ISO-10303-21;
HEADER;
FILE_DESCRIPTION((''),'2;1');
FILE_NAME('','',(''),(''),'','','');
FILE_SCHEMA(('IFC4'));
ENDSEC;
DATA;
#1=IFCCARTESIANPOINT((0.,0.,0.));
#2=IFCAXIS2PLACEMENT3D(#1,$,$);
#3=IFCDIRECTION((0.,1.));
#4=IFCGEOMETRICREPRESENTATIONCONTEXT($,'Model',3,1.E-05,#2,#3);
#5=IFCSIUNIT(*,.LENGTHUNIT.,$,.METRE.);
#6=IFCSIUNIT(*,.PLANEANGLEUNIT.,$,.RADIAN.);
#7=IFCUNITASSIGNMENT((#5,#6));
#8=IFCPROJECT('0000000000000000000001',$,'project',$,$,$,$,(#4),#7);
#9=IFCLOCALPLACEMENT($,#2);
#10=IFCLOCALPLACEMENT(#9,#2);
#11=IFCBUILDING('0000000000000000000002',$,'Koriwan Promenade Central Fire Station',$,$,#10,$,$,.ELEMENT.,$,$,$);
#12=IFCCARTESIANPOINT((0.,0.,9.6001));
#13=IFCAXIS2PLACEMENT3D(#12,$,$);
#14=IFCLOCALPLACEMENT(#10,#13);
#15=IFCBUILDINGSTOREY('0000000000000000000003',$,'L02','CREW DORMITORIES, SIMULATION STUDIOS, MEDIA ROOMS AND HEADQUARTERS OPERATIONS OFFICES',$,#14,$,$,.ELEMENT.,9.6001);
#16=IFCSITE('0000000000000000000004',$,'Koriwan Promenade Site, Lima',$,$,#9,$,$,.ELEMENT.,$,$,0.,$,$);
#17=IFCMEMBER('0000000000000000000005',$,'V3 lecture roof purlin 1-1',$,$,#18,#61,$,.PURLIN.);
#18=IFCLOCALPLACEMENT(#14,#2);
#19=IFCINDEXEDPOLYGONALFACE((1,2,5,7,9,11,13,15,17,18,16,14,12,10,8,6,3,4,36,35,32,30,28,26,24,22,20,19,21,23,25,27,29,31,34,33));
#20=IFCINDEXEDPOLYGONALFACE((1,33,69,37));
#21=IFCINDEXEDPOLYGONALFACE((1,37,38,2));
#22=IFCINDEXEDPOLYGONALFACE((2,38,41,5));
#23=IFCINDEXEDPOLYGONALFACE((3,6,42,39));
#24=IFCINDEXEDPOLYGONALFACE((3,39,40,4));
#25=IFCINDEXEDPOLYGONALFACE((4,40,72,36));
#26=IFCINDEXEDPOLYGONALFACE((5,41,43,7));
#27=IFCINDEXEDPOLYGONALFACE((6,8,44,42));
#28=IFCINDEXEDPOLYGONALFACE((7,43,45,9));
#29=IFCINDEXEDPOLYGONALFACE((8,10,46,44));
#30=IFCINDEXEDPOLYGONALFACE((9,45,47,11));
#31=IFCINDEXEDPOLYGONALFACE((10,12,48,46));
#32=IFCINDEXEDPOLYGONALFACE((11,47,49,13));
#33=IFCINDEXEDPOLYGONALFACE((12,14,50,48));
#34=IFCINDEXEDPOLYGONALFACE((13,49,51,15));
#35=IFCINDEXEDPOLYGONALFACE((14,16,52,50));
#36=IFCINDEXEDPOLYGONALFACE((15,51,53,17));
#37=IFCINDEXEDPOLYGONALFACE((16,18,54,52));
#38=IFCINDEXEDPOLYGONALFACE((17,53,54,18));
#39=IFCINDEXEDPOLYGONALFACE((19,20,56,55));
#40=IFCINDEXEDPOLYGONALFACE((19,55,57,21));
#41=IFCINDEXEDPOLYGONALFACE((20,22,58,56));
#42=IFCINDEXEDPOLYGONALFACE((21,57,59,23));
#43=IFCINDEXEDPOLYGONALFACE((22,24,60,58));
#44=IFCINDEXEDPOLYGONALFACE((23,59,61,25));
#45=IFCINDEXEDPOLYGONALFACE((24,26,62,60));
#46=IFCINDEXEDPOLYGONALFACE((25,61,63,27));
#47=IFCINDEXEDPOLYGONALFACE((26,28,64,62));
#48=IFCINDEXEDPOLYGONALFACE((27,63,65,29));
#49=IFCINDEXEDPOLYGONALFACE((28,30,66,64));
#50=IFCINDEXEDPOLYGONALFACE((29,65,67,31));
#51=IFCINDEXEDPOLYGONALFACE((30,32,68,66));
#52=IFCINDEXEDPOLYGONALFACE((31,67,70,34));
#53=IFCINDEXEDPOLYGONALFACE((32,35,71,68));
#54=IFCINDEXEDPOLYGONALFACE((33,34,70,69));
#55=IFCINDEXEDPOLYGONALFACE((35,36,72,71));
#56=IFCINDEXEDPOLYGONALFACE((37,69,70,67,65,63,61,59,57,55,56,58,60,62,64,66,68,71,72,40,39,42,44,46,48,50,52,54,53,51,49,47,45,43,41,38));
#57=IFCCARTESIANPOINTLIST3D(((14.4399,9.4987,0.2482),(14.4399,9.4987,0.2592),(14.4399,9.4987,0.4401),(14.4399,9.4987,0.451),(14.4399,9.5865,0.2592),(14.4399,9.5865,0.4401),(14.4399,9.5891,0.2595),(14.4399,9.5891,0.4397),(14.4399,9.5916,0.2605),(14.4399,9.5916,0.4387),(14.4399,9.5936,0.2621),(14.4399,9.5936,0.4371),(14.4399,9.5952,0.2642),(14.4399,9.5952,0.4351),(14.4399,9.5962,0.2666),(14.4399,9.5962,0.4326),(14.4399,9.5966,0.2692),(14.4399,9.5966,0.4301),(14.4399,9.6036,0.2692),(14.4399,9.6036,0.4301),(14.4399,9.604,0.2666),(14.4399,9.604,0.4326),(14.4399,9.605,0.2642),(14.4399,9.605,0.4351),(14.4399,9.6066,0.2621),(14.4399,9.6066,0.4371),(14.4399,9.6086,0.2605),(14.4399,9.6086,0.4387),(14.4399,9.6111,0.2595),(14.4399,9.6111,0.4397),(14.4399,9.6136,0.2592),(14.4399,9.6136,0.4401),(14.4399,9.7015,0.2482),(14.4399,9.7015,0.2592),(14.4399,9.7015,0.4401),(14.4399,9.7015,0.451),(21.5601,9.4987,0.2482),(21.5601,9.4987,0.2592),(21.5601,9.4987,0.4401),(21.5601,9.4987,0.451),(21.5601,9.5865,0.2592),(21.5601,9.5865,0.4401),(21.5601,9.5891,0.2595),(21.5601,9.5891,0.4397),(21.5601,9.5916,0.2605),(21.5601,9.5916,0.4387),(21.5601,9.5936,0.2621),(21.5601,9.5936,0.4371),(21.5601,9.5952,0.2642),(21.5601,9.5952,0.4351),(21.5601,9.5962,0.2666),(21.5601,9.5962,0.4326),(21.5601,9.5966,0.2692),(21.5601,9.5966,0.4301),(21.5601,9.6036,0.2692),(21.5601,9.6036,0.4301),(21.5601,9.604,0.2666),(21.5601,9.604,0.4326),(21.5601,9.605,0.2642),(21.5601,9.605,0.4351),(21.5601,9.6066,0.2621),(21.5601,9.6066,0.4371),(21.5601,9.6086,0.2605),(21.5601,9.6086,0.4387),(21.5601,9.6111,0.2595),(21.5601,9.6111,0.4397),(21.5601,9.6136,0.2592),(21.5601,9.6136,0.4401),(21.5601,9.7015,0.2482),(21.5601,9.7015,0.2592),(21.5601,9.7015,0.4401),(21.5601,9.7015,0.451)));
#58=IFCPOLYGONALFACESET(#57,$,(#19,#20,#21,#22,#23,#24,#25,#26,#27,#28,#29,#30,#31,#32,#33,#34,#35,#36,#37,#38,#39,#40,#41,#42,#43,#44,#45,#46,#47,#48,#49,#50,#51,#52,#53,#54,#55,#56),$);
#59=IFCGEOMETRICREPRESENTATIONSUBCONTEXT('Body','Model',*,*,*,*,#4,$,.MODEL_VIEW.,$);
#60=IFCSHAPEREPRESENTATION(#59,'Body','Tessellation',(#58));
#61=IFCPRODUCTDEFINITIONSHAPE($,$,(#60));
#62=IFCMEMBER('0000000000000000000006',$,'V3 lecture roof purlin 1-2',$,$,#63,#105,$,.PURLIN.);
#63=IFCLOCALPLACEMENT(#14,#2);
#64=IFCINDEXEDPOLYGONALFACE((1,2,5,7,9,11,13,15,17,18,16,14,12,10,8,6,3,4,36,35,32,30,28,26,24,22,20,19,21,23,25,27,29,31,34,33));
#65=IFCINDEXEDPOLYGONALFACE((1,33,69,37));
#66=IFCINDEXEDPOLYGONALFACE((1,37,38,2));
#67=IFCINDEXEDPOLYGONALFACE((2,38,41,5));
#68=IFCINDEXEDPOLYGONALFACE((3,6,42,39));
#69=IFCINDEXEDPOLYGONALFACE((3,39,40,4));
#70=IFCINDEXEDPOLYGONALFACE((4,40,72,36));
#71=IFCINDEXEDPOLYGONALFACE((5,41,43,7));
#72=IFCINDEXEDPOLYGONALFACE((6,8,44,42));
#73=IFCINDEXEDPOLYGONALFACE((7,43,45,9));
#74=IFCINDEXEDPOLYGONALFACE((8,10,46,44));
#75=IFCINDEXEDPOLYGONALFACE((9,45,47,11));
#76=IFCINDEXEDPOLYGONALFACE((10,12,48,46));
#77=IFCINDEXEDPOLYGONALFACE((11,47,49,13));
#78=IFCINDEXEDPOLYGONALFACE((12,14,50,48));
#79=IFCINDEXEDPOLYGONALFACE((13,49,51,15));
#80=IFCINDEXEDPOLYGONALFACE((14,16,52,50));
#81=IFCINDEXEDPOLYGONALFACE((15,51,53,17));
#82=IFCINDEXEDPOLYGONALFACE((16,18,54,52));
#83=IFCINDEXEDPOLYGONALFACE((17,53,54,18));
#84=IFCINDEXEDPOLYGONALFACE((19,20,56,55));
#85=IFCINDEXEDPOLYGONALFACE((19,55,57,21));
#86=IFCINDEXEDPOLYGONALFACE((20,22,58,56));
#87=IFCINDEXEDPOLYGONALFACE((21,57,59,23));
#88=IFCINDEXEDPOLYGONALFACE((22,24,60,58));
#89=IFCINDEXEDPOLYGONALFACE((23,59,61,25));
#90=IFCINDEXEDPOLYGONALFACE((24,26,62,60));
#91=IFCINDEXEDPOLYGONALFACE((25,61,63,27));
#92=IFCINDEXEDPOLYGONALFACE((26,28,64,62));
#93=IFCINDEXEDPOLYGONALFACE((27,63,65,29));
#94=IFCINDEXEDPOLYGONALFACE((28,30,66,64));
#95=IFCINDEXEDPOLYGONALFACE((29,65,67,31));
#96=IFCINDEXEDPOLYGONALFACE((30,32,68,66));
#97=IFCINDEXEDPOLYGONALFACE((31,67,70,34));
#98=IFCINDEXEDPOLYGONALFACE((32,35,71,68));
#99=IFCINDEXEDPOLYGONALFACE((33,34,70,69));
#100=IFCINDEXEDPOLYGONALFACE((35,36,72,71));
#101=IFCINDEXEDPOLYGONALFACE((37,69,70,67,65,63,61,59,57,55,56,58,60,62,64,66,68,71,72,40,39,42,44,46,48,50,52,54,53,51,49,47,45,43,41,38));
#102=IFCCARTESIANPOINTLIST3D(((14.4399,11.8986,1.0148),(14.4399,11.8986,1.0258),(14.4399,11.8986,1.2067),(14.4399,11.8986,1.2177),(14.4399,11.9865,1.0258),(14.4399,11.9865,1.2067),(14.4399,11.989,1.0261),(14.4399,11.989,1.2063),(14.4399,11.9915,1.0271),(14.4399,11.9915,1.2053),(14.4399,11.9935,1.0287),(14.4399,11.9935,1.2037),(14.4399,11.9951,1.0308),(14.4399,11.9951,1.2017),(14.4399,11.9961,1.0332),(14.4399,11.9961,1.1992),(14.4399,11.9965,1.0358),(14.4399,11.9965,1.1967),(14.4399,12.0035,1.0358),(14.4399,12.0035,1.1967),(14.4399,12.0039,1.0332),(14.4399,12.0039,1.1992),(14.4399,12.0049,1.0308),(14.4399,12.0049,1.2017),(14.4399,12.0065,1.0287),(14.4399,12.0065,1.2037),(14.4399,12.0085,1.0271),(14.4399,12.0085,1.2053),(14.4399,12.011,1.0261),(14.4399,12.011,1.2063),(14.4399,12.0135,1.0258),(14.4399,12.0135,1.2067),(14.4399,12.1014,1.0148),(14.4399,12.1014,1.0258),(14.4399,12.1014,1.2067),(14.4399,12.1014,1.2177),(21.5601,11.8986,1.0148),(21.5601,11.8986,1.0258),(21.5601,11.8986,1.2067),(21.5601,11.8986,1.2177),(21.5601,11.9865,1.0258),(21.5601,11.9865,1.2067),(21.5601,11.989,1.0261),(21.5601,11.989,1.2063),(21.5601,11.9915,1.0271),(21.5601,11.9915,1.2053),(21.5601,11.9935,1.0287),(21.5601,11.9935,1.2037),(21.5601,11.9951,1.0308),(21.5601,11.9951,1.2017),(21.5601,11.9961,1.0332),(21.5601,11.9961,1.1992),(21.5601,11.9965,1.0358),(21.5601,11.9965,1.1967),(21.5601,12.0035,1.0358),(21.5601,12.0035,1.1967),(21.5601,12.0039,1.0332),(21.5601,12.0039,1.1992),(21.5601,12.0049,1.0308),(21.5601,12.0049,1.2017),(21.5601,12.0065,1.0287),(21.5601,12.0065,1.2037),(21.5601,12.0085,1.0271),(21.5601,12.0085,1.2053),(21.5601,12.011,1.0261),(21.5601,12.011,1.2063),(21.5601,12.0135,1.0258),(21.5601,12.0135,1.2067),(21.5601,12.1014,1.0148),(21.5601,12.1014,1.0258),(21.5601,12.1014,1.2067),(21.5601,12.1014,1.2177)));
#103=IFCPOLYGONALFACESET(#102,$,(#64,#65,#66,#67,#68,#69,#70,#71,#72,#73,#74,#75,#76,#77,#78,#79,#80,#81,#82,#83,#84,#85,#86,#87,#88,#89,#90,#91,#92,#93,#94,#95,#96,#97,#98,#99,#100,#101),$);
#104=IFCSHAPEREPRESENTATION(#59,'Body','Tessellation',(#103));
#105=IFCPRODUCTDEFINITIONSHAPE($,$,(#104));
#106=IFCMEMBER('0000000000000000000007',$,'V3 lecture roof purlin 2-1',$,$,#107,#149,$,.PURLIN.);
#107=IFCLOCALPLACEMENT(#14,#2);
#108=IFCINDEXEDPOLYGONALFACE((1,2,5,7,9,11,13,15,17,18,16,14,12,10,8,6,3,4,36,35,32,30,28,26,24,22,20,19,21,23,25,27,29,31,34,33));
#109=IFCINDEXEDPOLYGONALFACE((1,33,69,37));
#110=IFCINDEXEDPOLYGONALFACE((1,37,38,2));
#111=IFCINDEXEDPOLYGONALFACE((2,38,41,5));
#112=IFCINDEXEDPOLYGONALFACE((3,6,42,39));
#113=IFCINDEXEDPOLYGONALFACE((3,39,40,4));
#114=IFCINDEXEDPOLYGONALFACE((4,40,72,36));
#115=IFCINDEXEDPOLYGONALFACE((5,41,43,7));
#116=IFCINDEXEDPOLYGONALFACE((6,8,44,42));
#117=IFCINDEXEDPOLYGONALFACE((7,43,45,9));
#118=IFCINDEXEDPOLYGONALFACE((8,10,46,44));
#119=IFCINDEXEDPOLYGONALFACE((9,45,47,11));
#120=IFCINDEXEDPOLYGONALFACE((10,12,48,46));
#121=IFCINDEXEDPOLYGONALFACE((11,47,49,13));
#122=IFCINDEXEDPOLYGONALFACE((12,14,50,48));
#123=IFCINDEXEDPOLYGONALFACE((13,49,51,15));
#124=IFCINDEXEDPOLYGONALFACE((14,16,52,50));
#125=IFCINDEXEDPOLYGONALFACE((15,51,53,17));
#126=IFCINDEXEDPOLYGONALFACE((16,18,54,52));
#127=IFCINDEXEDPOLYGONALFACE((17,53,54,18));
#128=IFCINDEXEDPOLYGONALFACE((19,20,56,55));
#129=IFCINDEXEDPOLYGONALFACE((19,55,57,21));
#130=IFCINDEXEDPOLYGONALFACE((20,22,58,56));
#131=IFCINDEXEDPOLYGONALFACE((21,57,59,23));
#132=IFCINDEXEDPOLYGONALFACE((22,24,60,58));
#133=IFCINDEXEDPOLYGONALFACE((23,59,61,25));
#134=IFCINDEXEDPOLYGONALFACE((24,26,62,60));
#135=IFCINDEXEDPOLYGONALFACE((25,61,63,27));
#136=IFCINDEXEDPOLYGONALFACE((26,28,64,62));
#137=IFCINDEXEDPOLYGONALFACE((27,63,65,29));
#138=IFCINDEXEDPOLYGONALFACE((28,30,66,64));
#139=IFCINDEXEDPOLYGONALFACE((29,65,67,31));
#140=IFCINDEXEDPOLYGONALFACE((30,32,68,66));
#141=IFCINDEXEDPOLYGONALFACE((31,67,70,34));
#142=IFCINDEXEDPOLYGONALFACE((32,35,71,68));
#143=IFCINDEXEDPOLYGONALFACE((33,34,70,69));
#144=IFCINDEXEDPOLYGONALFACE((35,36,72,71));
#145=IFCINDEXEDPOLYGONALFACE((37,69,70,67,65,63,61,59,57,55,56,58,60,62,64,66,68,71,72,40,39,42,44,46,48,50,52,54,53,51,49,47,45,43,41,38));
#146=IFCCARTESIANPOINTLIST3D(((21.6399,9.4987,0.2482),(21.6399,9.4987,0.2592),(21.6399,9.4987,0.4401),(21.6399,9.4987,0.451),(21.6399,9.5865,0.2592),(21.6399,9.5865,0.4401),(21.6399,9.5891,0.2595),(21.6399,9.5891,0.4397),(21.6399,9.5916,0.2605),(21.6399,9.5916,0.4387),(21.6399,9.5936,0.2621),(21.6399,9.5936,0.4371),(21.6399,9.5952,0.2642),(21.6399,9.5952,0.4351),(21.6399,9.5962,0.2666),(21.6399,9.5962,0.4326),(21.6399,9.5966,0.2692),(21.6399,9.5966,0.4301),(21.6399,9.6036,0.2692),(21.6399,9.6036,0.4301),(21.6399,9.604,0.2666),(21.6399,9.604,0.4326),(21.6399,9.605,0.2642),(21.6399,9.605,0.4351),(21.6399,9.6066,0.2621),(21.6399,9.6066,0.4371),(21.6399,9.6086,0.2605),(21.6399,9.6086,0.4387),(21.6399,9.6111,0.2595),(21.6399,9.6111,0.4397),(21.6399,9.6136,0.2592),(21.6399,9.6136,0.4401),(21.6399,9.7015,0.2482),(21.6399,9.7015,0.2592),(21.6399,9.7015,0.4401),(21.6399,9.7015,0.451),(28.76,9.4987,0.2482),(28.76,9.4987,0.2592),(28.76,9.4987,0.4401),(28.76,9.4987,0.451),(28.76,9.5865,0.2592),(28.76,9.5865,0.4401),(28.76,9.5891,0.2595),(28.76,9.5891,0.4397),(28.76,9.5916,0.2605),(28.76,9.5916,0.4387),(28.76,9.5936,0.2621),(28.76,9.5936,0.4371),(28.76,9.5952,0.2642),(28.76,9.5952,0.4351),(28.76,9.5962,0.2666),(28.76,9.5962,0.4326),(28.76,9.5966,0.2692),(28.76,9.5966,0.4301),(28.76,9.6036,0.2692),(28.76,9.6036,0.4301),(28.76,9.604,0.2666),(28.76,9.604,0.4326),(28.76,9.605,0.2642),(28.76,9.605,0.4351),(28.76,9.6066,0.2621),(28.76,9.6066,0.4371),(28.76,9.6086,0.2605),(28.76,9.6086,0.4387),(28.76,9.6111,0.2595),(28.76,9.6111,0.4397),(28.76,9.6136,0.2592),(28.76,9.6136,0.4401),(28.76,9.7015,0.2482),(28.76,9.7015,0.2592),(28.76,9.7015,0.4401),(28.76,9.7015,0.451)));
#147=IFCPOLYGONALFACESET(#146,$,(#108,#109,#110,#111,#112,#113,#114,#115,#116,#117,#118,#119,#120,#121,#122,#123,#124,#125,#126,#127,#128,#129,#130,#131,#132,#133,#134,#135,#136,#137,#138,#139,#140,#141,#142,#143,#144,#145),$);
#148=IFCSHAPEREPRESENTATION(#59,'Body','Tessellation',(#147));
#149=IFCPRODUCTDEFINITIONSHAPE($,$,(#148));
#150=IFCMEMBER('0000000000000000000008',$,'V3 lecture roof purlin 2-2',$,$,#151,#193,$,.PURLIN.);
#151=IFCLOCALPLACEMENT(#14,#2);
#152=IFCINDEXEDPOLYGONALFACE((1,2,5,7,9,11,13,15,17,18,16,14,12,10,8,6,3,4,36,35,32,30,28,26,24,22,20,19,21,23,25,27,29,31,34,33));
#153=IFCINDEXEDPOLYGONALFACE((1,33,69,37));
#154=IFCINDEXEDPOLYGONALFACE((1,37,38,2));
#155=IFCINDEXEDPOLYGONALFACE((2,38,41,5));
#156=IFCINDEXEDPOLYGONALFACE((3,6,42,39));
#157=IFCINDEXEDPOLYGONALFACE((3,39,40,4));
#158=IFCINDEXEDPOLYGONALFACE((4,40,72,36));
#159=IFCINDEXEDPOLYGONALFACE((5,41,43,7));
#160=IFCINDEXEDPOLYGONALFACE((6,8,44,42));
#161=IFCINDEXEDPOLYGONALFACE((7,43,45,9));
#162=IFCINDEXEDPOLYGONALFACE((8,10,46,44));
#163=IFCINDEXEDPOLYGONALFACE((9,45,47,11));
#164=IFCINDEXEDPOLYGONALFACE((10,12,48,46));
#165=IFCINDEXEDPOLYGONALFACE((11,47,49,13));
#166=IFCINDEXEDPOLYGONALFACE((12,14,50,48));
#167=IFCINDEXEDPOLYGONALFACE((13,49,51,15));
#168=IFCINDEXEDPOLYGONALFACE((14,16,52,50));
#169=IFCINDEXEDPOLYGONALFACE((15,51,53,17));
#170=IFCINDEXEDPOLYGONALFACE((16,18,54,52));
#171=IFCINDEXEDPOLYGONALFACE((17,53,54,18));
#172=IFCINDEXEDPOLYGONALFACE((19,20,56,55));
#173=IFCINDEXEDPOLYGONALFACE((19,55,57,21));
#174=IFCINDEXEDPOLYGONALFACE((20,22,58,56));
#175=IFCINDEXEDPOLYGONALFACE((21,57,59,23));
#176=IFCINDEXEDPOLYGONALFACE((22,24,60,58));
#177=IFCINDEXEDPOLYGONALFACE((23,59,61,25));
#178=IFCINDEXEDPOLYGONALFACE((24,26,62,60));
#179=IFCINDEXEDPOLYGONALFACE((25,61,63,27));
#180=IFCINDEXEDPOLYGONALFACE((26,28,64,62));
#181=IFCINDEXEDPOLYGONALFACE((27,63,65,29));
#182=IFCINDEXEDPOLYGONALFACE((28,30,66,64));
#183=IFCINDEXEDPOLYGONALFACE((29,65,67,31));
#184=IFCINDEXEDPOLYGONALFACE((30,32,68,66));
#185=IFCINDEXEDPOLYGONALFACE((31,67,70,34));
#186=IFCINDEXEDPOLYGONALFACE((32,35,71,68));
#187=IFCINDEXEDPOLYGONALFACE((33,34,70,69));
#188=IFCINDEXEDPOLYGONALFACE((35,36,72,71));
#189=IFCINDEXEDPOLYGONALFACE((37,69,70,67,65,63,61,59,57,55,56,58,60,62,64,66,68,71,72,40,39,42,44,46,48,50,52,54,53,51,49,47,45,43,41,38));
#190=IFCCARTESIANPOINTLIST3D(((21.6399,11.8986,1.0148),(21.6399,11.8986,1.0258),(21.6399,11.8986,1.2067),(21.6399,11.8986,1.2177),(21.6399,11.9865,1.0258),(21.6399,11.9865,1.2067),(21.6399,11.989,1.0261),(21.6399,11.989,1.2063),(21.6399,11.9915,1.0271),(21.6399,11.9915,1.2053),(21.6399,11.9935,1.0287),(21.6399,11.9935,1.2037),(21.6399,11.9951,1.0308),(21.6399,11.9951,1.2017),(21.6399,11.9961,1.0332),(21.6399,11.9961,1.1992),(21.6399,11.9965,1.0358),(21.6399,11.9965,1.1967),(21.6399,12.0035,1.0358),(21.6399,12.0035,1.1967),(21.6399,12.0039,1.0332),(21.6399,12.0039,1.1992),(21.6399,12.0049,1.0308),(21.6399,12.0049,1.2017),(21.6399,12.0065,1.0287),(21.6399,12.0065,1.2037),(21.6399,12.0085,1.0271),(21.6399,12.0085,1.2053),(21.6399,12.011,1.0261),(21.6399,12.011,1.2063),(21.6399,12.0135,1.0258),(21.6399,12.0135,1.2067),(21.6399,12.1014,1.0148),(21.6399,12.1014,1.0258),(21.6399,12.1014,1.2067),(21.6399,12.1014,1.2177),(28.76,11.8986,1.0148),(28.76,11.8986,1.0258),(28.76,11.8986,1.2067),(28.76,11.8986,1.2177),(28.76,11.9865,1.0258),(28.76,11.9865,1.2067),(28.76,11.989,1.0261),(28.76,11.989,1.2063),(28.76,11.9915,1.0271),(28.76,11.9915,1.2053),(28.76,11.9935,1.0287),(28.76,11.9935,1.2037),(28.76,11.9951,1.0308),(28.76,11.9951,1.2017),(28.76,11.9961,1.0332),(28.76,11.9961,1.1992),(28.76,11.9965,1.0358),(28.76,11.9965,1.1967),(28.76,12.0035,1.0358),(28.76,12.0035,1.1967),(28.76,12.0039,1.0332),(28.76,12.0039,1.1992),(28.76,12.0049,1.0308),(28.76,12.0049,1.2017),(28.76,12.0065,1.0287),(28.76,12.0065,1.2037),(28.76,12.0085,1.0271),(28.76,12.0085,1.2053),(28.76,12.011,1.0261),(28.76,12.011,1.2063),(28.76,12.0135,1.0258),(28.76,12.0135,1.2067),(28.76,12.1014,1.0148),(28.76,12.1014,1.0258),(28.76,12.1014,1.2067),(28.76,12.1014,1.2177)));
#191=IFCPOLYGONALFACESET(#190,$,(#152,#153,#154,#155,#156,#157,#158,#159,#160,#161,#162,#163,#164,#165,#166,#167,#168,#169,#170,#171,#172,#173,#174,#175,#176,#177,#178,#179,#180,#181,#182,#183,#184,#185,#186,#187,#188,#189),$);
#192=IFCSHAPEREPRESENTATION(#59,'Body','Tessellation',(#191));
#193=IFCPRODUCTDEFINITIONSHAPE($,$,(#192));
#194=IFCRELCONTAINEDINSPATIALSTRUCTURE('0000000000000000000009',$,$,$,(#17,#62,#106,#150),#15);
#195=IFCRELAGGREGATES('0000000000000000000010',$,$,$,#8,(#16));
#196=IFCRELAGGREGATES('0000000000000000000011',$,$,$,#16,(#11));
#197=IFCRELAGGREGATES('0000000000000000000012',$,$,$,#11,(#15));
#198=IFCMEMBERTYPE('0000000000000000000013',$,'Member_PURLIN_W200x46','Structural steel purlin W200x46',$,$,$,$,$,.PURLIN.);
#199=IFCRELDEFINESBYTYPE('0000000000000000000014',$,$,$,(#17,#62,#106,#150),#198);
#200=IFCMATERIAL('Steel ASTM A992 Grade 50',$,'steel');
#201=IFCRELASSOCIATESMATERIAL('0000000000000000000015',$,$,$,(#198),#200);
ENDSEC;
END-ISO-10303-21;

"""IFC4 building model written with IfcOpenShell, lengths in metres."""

from ifc_helpers import new_model, si_unit, direction, frame, origin, origin_2d, place, context, subcontext, project, spatial, i_section, extrude, material, material_profile, profile_set, type_object, element, save


model = new_model("IFC4")

# Units and contexts
model_context = context("Model", 3, precision=1e-05, world=origin(), true_north=direction((0.0, 1.0)))
body_context = subcontext(model_context, "Body", "Model", "MODEL_VIEW")
ifc_project = project(units=[si_unit("LENGTHUNIT", "METRE"), si_unit("PLANEANGLEUNIT", "RADIAN")], contexts=[model_context])

# Site, building, storey
site_placement = place(None, origin())
site = spatial("IfcSite", under=ifc_project, at=site_placement, Name="Koriwan Promenade Site, Lima", CompositionType="ELEMENT", RefElevation=0.0)
building_placement = place(site_placement, origin())
building = spatial("IfcBuilding", under=site, at=building_placement, Name="Koriwan Promenade Central Fire Station", CompositionType="ELEMENT")
storey_placement = place(building_placement, frame((0.0, 0.0, 9.6001)))
storey = spatial("IfcBuildingStorey", under=building, at=storey_placement, Name="L02", Description="CREW DORMITORIES, SIMULATION STUDIOS, MEDIA ROOMS AND HEADQUARTERS OPERATIONS OFFICES", CompositionType="ELEMENT", Elevation=9.6001)

# Members
ifc_material_1 = material(Name="Steel ASTM A992 Grade 50", Category="steel")
ifc_material_profile_1 = material_profile(ifc_material_1, i_section(OverallWidth=0.2029, OverallDepth=0.2029, WebThickness=0.0071, FlangeThickness=0.011, FilletRadius=0.01, at=origin_2d()), Name="W200x46")
ifc_profile_set_1 = profile_set([ifc_material_profile_1], Name="Steel ASTM A992 Grade 50")
member_type_1 = type_object("IfcMemberType", Name="Member_PURLIN_W200x46", Description="Structural steel purlin W200x46", PredefinedType="PURLIN", material=ifc_profile_set_1)
for number, where, z_axis, x_axis, name in (
    (1, (14.4399, 9.6001, 0.3496), (1.0, 0.0, 0.0), (0.0, 1.0, 0.0), "V3 lecture roof purlin 1-1"),
    (2, (14.4399, 12.0, 1.1162), (1.0, 0.0, 0.0), (0.0, 1.0, 0.0), "V3 lecture roof purlin 1-2"),
    (3, (21.6399, 9.6001, 0.3496), (1.0, 0.0, 0.0), (0.0, 1.0, 0.0), "V3 lecture roof purlin 2-1"),
    (4, (21.6399, 12.0, 1.1162), (1.0, 0.0, 0.0), (0.0, 1.0, 0.0), "V3 lecture roof purlin 2-2"),
):
    element("IfcMember", number, at=place(storey_placement, frame(where, z_axis=z_axis, x_axis=x_axis)), inside=storey, type_object=member_type_1, Name=name, PredefinedType="PURLIN", context=body_context, shape_type="SweptSolid", body=[
        extrude(i_section(OverallWidth=0.2029, OverallDepth=0.2029, WebThickness=0.0071, FlangeThickness=0.011, FilletRadius=0.01, at=origin_2d()), origin(), (0.0, 0.0, 1.0), 7.1201),
    ])

save(model, "model.ifc")
